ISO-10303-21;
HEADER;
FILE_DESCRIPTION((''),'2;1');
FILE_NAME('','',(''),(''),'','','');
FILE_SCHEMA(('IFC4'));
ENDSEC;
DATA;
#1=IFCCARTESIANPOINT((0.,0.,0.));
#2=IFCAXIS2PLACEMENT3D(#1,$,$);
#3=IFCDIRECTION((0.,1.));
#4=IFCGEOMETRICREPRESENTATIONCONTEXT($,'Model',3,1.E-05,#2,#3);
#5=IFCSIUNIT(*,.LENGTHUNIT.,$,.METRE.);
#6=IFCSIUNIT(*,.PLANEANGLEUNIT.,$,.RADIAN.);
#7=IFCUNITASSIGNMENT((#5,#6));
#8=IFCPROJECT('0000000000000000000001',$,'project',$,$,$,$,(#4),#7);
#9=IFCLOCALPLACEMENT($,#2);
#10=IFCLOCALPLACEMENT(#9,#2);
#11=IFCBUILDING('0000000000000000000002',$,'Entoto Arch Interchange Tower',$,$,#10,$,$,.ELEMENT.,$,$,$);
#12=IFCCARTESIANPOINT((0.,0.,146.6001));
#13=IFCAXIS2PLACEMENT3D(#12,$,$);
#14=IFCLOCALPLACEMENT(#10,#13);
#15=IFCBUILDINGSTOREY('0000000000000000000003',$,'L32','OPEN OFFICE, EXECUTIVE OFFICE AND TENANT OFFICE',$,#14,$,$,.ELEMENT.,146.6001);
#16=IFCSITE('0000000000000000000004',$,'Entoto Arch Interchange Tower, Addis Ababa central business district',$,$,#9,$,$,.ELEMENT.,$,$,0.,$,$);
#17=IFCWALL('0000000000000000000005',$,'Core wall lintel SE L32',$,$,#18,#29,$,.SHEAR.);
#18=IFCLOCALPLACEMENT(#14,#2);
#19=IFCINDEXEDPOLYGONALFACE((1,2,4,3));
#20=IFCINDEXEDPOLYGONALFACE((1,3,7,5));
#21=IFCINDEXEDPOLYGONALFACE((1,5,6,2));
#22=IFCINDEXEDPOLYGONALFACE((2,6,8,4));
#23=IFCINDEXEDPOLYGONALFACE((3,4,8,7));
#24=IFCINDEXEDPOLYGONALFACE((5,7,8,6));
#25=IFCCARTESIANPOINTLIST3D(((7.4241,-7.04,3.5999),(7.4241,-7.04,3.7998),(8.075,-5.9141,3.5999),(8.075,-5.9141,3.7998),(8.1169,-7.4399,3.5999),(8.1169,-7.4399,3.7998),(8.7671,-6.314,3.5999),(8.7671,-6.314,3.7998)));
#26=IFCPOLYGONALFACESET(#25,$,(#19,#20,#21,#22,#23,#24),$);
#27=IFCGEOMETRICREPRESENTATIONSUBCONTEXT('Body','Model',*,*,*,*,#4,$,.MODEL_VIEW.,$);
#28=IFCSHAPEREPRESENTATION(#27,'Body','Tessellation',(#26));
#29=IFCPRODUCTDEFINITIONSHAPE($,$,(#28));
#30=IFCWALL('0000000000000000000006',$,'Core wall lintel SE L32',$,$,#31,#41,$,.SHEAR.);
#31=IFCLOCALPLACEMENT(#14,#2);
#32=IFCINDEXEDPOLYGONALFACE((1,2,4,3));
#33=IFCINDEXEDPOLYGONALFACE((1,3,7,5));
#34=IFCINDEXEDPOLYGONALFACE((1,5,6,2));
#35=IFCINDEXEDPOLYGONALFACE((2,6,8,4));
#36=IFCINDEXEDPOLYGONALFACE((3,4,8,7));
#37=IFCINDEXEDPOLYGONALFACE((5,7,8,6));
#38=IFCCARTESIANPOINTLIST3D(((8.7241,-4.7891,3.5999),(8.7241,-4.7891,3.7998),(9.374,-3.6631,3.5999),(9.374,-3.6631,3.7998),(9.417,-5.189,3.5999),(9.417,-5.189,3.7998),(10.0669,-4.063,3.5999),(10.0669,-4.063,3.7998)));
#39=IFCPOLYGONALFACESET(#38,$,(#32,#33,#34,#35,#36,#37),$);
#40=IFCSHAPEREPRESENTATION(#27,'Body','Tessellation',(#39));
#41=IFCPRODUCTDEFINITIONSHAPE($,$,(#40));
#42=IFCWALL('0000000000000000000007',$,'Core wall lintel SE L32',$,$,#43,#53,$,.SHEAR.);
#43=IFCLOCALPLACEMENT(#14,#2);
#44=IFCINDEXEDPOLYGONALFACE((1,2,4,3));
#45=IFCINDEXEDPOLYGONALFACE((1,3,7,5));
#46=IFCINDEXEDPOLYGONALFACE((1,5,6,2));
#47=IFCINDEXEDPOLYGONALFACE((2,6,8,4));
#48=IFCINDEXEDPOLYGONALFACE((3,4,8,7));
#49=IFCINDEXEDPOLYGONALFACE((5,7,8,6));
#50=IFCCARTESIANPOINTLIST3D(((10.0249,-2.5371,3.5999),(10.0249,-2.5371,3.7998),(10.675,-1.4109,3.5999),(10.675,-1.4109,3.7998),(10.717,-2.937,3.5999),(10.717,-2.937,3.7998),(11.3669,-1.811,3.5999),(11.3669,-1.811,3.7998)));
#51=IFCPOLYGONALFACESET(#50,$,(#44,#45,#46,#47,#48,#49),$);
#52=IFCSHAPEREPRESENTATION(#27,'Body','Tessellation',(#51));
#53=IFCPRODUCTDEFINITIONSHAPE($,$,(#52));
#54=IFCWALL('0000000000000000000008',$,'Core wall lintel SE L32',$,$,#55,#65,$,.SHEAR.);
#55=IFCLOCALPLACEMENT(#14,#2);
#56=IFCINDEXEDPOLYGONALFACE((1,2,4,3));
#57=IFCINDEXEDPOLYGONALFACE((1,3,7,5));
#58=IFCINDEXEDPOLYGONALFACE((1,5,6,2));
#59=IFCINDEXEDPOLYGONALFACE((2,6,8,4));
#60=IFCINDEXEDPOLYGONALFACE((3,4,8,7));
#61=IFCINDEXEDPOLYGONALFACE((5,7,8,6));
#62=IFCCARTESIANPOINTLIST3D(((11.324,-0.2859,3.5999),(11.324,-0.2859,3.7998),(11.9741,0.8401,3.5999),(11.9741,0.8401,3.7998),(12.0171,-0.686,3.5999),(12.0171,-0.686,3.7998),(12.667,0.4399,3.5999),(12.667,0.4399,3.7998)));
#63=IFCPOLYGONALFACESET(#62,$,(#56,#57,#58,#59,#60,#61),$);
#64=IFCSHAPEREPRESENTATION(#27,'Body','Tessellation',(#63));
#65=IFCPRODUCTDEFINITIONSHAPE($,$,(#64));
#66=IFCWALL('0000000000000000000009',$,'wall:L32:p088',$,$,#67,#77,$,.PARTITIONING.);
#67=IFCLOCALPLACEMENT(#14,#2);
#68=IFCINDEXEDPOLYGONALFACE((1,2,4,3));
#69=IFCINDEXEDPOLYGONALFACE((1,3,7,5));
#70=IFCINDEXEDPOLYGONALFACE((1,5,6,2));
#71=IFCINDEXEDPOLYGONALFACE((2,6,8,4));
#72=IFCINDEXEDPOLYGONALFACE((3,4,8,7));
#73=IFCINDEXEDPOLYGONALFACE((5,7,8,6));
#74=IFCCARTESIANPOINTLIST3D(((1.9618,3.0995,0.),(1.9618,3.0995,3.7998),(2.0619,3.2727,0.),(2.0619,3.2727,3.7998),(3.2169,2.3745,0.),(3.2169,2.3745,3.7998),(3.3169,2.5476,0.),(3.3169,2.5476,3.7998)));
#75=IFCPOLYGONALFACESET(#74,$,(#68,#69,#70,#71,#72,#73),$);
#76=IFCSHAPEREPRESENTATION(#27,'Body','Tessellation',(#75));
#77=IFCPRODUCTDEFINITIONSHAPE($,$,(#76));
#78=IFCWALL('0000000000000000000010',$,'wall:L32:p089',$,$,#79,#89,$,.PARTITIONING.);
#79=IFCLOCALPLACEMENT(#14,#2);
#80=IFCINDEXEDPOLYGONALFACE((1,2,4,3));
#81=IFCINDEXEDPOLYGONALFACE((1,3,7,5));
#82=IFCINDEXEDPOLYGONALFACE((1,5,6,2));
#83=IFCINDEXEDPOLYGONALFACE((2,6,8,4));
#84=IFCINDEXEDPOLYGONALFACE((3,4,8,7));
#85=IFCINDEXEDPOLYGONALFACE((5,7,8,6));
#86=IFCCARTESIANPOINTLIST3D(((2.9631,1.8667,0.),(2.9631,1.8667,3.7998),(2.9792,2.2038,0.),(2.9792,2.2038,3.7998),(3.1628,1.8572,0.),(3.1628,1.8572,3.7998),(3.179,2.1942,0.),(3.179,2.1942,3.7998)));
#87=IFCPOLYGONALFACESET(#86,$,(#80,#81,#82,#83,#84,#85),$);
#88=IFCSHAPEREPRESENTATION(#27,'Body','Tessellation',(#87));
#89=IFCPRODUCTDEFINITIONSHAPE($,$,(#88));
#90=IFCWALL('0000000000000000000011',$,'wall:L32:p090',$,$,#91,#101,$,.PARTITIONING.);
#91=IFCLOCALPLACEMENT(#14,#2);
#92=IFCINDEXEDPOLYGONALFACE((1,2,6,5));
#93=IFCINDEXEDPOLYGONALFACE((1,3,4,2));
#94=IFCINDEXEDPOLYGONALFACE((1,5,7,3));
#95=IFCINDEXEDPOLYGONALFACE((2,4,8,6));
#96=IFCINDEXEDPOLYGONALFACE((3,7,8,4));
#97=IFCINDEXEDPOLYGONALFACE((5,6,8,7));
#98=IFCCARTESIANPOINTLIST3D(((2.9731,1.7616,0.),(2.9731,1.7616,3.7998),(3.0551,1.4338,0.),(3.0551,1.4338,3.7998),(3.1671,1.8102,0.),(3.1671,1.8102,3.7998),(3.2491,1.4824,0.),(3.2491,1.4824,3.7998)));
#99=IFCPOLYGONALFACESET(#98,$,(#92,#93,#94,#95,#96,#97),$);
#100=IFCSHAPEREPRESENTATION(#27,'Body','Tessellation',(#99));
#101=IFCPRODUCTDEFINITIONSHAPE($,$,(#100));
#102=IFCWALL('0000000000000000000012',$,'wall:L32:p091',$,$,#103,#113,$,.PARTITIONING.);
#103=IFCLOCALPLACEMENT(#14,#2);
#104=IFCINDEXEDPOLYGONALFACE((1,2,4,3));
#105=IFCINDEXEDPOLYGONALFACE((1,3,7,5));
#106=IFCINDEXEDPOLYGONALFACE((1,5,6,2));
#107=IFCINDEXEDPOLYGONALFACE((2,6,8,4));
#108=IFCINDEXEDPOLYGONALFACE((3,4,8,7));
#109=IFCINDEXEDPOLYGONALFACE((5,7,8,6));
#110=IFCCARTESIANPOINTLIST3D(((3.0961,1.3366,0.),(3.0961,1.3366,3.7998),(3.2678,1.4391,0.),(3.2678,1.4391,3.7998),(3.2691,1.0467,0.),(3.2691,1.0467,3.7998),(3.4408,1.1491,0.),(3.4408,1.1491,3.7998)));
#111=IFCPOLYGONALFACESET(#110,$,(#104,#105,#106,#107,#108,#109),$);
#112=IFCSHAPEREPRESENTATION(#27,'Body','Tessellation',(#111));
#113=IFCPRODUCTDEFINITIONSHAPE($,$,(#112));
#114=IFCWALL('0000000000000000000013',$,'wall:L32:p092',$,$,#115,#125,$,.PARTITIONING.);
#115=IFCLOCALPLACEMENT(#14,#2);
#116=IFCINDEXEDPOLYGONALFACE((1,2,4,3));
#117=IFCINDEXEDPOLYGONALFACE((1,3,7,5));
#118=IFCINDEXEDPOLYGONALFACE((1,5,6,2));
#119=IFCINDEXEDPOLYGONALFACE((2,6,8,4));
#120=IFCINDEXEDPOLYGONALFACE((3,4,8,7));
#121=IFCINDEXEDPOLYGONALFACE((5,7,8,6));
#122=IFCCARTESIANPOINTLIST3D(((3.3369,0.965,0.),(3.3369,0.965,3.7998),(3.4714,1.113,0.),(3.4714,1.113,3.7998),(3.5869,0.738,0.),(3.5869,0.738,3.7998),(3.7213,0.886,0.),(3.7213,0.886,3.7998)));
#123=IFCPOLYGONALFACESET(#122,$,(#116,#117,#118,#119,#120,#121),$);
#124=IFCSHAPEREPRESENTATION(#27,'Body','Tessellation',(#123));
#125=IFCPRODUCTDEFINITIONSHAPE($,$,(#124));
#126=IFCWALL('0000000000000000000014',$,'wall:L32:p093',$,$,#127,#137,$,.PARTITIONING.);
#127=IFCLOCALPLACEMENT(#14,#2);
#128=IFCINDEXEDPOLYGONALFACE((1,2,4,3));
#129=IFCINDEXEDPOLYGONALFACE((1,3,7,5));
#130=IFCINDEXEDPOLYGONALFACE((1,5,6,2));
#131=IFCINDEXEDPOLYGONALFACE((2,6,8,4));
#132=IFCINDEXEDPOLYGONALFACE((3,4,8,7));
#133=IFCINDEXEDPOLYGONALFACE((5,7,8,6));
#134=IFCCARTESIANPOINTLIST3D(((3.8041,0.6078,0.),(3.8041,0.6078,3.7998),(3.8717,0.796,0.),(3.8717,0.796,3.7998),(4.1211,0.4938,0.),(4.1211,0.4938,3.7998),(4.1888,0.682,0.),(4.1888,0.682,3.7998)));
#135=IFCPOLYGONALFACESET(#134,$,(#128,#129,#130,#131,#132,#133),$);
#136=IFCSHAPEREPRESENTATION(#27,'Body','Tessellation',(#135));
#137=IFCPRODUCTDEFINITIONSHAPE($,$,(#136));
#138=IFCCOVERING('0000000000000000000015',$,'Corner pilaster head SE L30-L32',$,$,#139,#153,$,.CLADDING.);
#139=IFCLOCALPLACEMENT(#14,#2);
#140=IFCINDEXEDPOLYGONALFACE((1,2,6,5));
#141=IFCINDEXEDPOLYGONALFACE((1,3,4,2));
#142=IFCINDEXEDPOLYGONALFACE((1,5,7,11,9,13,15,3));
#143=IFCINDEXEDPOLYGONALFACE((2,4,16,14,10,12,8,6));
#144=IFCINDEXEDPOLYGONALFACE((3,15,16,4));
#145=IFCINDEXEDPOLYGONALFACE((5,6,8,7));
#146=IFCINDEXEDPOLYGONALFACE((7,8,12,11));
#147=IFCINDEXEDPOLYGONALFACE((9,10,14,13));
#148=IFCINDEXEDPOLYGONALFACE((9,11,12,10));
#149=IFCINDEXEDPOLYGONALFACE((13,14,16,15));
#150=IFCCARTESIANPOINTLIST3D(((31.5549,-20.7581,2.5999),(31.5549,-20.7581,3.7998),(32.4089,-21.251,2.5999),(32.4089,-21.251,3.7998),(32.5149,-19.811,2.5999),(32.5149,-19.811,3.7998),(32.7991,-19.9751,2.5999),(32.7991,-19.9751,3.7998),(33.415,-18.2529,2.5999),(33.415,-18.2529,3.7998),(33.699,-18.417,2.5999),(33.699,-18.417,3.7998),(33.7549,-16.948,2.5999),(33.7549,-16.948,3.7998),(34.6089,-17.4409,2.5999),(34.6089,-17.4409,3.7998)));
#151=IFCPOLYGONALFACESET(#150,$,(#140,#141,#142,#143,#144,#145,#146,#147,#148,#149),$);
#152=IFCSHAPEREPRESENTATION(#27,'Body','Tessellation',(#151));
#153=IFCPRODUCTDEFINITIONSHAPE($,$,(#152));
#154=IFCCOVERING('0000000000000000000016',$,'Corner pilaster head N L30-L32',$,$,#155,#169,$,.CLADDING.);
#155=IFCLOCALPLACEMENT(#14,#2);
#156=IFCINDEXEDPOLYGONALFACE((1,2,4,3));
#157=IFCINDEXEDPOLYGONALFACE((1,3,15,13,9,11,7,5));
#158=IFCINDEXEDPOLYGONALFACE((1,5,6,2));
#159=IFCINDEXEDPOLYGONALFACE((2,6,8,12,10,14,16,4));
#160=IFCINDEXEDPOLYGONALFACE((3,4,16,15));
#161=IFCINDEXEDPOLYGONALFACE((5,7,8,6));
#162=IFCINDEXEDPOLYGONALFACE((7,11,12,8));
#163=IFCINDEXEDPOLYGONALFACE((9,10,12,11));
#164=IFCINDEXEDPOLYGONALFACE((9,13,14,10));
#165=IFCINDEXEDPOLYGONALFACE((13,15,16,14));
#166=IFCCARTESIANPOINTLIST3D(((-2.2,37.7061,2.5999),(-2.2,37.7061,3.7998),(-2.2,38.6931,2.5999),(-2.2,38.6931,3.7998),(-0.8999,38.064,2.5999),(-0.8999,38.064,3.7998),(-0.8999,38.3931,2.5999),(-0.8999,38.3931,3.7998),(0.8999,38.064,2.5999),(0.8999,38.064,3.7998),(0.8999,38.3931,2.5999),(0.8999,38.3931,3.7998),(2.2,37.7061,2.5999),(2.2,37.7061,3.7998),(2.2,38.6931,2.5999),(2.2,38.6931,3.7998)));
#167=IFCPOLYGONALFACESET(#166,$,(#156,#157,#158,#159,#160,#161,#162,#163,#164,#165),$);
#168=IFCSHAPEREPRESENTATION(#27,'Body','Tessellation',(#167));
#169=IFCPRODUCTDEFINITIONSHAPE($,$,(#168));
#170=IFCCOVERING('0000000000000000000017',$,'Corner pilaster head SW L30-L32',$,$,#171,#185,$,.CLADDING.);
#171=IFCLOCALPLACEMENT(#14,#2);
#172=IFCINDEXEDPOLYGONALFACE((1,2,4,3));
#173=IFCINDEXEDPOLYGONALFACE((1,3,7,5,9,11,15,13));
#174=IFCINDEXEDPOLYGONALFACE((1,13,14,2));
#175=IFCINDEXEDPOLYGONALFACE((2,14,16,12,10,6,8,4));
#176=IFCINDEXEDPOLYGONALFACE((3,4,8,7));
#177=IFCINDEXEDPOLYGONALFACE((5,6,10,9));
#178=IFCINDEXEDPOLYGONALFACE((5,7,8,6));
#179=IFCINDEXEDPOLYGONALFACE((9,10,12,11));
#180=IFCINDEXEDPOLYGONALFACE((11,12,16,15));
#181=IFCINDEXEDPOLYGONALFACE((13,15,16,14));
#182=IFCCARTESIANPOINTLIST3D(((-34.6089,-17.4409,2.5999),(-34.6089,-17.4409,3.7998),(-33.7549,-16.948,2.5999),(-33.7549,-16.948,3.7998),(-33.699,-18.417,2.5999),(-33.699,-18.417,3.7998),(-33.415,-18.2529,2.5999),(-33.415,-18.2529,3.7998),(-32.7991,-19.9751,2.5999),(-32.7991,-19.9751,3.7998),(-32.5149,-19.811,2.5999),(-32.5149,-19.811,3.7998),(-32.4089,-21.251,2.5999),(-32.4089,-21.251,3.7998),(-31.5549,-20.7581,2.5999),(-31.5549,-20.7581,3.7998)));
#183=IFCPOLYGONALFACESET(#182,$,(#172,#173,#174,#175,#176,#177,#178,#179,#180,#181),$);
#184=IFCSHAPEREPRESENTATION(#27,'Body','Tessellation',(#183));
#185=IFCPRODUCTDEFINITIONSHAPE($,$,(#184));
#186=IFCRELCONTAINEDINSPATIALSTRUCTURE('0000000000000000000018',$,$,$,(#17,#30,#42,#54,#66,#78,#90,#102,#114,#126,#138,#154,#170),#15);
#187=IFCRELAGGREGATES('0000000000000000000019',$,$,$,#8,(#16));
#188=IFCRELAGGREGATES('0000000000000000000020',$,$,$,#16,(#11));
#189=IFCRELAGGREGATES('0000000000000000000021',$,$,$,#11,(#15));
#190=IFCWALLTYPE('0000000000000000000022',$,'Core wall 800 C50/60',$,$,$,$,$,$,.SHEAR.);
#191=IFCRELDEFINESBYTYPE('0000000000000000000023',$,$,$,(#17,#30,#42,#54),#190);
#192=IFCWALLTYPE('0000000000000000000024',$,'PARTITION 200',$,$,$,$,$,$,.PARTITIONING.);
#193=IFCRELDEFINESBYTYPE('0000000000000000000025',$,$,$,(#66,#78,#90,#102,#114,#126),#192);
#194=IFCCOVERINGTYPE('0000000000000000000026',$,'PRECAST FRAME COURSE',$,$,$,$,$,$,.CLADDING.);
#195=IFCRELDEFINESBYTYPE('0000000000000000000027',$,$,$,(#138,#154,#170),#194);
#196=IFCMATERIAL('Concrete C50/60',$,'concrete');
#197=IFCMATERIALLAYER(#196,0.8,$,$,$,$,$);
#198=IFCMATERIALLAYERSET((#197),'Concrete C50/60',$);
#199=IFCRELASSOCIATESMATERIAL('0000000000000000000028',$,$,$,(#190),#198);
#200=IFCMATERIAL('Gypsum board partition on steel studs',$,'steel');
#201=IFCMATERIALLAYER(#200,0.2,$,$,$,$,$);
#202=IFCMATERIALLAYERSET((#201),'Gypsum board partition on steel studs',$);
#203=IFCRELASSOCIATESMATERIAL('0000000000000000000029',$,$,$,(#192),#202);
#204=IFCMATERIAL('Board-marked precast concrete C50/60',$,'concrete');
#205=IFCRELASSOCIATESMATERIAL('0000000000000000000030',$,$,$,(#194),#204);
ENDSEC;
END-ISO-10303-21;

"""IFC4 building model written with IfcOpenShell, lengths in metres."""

from ifc_helpers import new_model, si_unit, direction, frame, frame_2d, origin, place, context, subcontext, project, spatial, polyline, rectangle, outline, extrude, material, layer, layer_set, type_object, element, save


model = new_model("IFC4")

# Units and contexts
model_context = context("Model", 3, precision=1e-05, world=origin(), true_north=direction((0.0, 1.0)))
body_context = subcontext(model_context, "Body", "Model", "MODEL_VIEW")
ifc_project = project(units=[si_unit("LENGTHUNIT", "METRE"), si_unit("PLANEANGLEUNIT", "RADIAN")], contexts=[model_context])

# Site, building, storey
site_placement = place(None, origin())
site = spatial("IfcSite", under=ifc_project, at=site_placement, Name="Entoto Arch Interchange Tower, Addis Ababa central business district", CompositionType="ELEMENT", RefElevation=0.0)
building_placement = place(site_placement, origin())
building = spatial("IfcBuilding", under=site, at=building_placement, Name="Entoto Arch Interchange Tower", CompositionType="ELEMENT")
storey_placement = place(building_placement, frame((0.0, 0.0, 146.6001)))
storey = spatial("IfcBuildingStorey", under=building, at=storey_placement, Name="L32", Description="OPEN OFFICE, EXECUTIVE OFFICE AND TENANT OFFICE", CompositionType="ELEMENT", Elevation=146.6001)

# Shared definitions
ifc_material_1 = material(Name="Board-marked precast concrete C50/60", Category="concrete")

# Walls
ifc_material_2 = material(Name="Concrete C50/60", Category="concrete")
ifc_layer_1 = layer(ifc_material_2, 0.8)
ifc_layer_set_1 = layer_set([ifc_layer_1], Name="Concrete C50/60")
wall_type_1 = type_object("IfcWallType", Name="Core wall 800 C50/60", PredefinedType="SHEAR", material=ifc_layer_set_1)
wall_1_placement = place(storey_placement, frame((0.0, 0.0, 3.5999)))
element("IfcWall", 1, at=wall_1_placement, inside=storey, type_object=wall_type_1, Name="Core wall lintel SE L32", PredefinedType="SHEAR", context=body_context, shape_type="SweptSolid", body=[
    extrude(outline(polyline([(8.7671, -6.314), (8.075, -5.9141), (7.4241, -7.04), (8.1169, -7.4399), (8.7671, -6.314)])), origin(), (0.0, 0.0, 1.0), 0.2),
])
wall_2_placement = place(storey_placement, frame((0.0, 0.0, 3.5999)))
element("IfcWall", 2, at=wall_2_placement, inside=storey, type_object=wall_type_1, Name="Core wall lintel SE L32", PredefinedType="SHEAR", context=body_context, shape_type="SweptSolid", body=[
    extrude(outline(polyline([(10.0669, -4.063), (9.374, -3.6631), (8.7241, -4.7891), (9.417, -5.189), (10.0669, -4.063)])), origin(), (0.0, 0.0, 1.0), 0.2),
])
wall_3_placement = place(storey_placement, frame((0.0, 0.0, 3.5999)))
element("IfcWall", 3, at=wall_3_placement, inside=storey, type_object=wall_type_1, Name="Core wall lintel SE L32", PredefinedType="SHEAR", context=body_context, shape_type="SweptSolid", body=[
    extrude(outline(polyline([(11.3669, -1.811), (10.675, -1.4109), (10.0249, -2.5371), (10.717, -2.937), (11.3669, -1.811)])), origin(), (0.0, 0.0, 1.0), 0.2),
])
wall_4_placement = place(storey_placement, frame((0.0, 0.0, 3.5999)))
element("IfcWall", 4, at=wall_4_placement, inside=storey, type_object=wall_type_1, Name="Core wall lintel SE L32", PredefinedType="SHEAR", context=body_context, shape_type="SweptSolid", body=[
    extrude(outline(polyline([(12.667, 0.4399), (11.9741, 0.8401), (11.324, -0.2859), (12.0171, -0.686), (12.667, 0.4399)])), origin(), (0.0, 0.0, 1.0), 0.2),
])
ifc_material_3 = material(Name="Gypsum board partition on steel studs", Category="steel")
ifc_layer_2 = layer(ifc_material_3, 0.2)
ifc_layer_set_2 = layer_set([ifc_layer_2], Name="Gypsum board partition on steel studs")
wall_type_2 = type_object("IfcWallType", Name="PARTITION 200", PredefinedType="PARTITIONING", material=ifc_layer_set_2)
wall_5_placement = place(storey_placement, frame((2.012, 3.186, 0.0), z_axis=(0.0, 0.0, 1.0), x_axis=(0.865891, -0.500233, 0.0)))
element("IfcWall", 5, at=wall_5_placement, inside=storey, type_object=wall_type_2, Name="wall:L32:p088", PredefinedType="PARTITIONING", context=body_context, shape_type="SweptSolid", body=[
    extrude(rectangle(XDim=1.4495, YDim=0.2, at=frame_2d((0.7246, 0.0))), origin(), (0.0, 0.0, 1.0), 3.7998),
])
wall_6_placement = place(storey_placement, frame((3.0791, 2.199, 0.0), z_axis=(0.0, 0.0, 1.0), x_axis=(-0.047771, -0.998858, 0.0)))
element("IfcWall", 6, at=wall_6_placement, inside=storey, type_object=wall_type_2, Name="wall:L32:p089", PredefinedType="PARTITIONING", context=body_context, shape_type="SweptSolid", body=[
    extrude(rectangle(XDim=0.3374, YDim=0.2, at=frame_2d((0.1687, 0.0))), origin(), (0.0, 0.0, 1.0), 3.7998),
])
wall_7_placement = place(storey_placement, frame((3.0701, 1.7859, 0.0), z_axis=(0.0, 0.0, 1.0), x_axis=(0.242706, -0.9701, 0.0)))
element("IfcWall", 7, at=wall_7_placement, inside=storey, type_object=wall_type_2, Name="wall:L32:p090", PredefinedType="PARTITIONING", context=body_context, shape_type="SweptSolid", body=[
    extrude(rectangle(XDim=0.3379, YDim=0.2, at=frame_2d((0.1689, 0.0))), origin(), (0.0, 0.0, 1.0), 3.7998),
])
for number, where, z_axis, x_axis, name in (
    (8, (3.1819, 1.3879, 0.0), (0.0, 0.0, 1.0), (0.512475, -0.858702, 0.0), "wall:L32:p091"),
    (9, (3.4041, 1.0391, 0.0), (0.0, 0.0, 1.0), (0.740267, -0.672313, 0.0), "wall:L32:p092"),
):
    element("IfcWall", number, at=place(storey_placement, frame(where, z_axis=z_axis, x_axis=x_axis)), inside=storey, type_object=wall_type_2, Name=name, PredefinedType="PARTITIONING", context=body_context, shape_type="SweptSolid", body=[
        extrude(rectangle(XDim=0.3376, YDim=0.2, at=frame_2d((0.1689, 0.0))), origin(), (0.0, 0.0, 1.0), 3.7998),
    ])
wall_8_placement = place(storey_placement, frame((3.8379, 0.7019, 0.0), z_axis=(0.0, 0.0, 1.0), x_axis=(0.941035, -0.338309, 0.0)))
element("IfcWall", 10, at=wall_8_placement, inside=storey, type_object=wall_type_2, Name="wall:L32:p093", PredefinedType="PARTITIONING", context=body_context, shape_type="SweptSolid", body=[
    extrude(rectangle(XDim=0.3369, YDim=0.2, at=frame_2d((0.1685, 0.0))), origin(), (0.0, 0.0, 1.0), 3.7998),
])

# Coverings
covering_type = type_object("IfcCoveringType", Name="PRECAST FRAME COURSE", PredefinedType="CLADDING", material=ifc_material_1)
covering_1_placement = place(storey_placement, frame((0.0, 0.0, 2.5999)))
element("IfcCovering", 11, at=covering_1_placement, inside=storey, type_object=covering_type, Name="Corner pilaster head SE L30-L32", PredefinedType="CLADDING", context=body_context, shape_type="SweptSolid", body=[
    extrude(outline(polyline([(34.6089, -17.4409), (32.4089, -21.251), (31.5549, -20.7581), (32.5149, -19.811), (32.7991, -19.9751), (33.699, -18.417), (33.415, -18.2529), (33.7549, -16.948), (34.6089, -17.4409)])), origin(), (0.0, 0.0, 1.0), 1.2),
])
covering_2_placement = place(storey_placement, frame((0.0, 0.0, 2.5999)))
element("IfcCovering", 12, at=covering_2_placement, inside=storey, type_object=covering_type, Name="Corner pilaster head N L30-L32", PredefinedType="CLADDING", context=body_context, shape_type="SweptSolid", body=[
    extrude(outline(polyline([(-2.2, 38.6931), (2.2, 38.6931), (2.2, 37.7061), (0.8999, 38.064), (0.8999, 38.3931), (-0.8999, 38.3931), (-0.8999, 38.064), (-2.2, 37.7061), (-2.2, 38.6931)])), origin(), (0.0, 0.0, 1.0), 1.2),
])
covering_3_placement = place(storey_placement, frame((0.0, 0.0, 2.5999)))
element("IfcCovering", 13, at=covering_3_placement, inside=storey, type_object=covering_type, Name="Corner pilaster head SW L30-L32", PredefinedType="CLADDING", context=body_context, shape_type="SweptSolid", body=[
    extrude(outline(polyline([(-32.4089, -21.251), (-34.6089, -17.4409), (-33.7549, -16.948), (-33.415, -18.2529), (-33.699, -18.417), (-32.7991, -19.9751), (-32.5149, -19.811), (-31.5549, -20.7581), (-32.4089, -21.251)])), origin(), (0.0, 0.0, 1.0), 1.2),
])

save(model, "model.ifc")
